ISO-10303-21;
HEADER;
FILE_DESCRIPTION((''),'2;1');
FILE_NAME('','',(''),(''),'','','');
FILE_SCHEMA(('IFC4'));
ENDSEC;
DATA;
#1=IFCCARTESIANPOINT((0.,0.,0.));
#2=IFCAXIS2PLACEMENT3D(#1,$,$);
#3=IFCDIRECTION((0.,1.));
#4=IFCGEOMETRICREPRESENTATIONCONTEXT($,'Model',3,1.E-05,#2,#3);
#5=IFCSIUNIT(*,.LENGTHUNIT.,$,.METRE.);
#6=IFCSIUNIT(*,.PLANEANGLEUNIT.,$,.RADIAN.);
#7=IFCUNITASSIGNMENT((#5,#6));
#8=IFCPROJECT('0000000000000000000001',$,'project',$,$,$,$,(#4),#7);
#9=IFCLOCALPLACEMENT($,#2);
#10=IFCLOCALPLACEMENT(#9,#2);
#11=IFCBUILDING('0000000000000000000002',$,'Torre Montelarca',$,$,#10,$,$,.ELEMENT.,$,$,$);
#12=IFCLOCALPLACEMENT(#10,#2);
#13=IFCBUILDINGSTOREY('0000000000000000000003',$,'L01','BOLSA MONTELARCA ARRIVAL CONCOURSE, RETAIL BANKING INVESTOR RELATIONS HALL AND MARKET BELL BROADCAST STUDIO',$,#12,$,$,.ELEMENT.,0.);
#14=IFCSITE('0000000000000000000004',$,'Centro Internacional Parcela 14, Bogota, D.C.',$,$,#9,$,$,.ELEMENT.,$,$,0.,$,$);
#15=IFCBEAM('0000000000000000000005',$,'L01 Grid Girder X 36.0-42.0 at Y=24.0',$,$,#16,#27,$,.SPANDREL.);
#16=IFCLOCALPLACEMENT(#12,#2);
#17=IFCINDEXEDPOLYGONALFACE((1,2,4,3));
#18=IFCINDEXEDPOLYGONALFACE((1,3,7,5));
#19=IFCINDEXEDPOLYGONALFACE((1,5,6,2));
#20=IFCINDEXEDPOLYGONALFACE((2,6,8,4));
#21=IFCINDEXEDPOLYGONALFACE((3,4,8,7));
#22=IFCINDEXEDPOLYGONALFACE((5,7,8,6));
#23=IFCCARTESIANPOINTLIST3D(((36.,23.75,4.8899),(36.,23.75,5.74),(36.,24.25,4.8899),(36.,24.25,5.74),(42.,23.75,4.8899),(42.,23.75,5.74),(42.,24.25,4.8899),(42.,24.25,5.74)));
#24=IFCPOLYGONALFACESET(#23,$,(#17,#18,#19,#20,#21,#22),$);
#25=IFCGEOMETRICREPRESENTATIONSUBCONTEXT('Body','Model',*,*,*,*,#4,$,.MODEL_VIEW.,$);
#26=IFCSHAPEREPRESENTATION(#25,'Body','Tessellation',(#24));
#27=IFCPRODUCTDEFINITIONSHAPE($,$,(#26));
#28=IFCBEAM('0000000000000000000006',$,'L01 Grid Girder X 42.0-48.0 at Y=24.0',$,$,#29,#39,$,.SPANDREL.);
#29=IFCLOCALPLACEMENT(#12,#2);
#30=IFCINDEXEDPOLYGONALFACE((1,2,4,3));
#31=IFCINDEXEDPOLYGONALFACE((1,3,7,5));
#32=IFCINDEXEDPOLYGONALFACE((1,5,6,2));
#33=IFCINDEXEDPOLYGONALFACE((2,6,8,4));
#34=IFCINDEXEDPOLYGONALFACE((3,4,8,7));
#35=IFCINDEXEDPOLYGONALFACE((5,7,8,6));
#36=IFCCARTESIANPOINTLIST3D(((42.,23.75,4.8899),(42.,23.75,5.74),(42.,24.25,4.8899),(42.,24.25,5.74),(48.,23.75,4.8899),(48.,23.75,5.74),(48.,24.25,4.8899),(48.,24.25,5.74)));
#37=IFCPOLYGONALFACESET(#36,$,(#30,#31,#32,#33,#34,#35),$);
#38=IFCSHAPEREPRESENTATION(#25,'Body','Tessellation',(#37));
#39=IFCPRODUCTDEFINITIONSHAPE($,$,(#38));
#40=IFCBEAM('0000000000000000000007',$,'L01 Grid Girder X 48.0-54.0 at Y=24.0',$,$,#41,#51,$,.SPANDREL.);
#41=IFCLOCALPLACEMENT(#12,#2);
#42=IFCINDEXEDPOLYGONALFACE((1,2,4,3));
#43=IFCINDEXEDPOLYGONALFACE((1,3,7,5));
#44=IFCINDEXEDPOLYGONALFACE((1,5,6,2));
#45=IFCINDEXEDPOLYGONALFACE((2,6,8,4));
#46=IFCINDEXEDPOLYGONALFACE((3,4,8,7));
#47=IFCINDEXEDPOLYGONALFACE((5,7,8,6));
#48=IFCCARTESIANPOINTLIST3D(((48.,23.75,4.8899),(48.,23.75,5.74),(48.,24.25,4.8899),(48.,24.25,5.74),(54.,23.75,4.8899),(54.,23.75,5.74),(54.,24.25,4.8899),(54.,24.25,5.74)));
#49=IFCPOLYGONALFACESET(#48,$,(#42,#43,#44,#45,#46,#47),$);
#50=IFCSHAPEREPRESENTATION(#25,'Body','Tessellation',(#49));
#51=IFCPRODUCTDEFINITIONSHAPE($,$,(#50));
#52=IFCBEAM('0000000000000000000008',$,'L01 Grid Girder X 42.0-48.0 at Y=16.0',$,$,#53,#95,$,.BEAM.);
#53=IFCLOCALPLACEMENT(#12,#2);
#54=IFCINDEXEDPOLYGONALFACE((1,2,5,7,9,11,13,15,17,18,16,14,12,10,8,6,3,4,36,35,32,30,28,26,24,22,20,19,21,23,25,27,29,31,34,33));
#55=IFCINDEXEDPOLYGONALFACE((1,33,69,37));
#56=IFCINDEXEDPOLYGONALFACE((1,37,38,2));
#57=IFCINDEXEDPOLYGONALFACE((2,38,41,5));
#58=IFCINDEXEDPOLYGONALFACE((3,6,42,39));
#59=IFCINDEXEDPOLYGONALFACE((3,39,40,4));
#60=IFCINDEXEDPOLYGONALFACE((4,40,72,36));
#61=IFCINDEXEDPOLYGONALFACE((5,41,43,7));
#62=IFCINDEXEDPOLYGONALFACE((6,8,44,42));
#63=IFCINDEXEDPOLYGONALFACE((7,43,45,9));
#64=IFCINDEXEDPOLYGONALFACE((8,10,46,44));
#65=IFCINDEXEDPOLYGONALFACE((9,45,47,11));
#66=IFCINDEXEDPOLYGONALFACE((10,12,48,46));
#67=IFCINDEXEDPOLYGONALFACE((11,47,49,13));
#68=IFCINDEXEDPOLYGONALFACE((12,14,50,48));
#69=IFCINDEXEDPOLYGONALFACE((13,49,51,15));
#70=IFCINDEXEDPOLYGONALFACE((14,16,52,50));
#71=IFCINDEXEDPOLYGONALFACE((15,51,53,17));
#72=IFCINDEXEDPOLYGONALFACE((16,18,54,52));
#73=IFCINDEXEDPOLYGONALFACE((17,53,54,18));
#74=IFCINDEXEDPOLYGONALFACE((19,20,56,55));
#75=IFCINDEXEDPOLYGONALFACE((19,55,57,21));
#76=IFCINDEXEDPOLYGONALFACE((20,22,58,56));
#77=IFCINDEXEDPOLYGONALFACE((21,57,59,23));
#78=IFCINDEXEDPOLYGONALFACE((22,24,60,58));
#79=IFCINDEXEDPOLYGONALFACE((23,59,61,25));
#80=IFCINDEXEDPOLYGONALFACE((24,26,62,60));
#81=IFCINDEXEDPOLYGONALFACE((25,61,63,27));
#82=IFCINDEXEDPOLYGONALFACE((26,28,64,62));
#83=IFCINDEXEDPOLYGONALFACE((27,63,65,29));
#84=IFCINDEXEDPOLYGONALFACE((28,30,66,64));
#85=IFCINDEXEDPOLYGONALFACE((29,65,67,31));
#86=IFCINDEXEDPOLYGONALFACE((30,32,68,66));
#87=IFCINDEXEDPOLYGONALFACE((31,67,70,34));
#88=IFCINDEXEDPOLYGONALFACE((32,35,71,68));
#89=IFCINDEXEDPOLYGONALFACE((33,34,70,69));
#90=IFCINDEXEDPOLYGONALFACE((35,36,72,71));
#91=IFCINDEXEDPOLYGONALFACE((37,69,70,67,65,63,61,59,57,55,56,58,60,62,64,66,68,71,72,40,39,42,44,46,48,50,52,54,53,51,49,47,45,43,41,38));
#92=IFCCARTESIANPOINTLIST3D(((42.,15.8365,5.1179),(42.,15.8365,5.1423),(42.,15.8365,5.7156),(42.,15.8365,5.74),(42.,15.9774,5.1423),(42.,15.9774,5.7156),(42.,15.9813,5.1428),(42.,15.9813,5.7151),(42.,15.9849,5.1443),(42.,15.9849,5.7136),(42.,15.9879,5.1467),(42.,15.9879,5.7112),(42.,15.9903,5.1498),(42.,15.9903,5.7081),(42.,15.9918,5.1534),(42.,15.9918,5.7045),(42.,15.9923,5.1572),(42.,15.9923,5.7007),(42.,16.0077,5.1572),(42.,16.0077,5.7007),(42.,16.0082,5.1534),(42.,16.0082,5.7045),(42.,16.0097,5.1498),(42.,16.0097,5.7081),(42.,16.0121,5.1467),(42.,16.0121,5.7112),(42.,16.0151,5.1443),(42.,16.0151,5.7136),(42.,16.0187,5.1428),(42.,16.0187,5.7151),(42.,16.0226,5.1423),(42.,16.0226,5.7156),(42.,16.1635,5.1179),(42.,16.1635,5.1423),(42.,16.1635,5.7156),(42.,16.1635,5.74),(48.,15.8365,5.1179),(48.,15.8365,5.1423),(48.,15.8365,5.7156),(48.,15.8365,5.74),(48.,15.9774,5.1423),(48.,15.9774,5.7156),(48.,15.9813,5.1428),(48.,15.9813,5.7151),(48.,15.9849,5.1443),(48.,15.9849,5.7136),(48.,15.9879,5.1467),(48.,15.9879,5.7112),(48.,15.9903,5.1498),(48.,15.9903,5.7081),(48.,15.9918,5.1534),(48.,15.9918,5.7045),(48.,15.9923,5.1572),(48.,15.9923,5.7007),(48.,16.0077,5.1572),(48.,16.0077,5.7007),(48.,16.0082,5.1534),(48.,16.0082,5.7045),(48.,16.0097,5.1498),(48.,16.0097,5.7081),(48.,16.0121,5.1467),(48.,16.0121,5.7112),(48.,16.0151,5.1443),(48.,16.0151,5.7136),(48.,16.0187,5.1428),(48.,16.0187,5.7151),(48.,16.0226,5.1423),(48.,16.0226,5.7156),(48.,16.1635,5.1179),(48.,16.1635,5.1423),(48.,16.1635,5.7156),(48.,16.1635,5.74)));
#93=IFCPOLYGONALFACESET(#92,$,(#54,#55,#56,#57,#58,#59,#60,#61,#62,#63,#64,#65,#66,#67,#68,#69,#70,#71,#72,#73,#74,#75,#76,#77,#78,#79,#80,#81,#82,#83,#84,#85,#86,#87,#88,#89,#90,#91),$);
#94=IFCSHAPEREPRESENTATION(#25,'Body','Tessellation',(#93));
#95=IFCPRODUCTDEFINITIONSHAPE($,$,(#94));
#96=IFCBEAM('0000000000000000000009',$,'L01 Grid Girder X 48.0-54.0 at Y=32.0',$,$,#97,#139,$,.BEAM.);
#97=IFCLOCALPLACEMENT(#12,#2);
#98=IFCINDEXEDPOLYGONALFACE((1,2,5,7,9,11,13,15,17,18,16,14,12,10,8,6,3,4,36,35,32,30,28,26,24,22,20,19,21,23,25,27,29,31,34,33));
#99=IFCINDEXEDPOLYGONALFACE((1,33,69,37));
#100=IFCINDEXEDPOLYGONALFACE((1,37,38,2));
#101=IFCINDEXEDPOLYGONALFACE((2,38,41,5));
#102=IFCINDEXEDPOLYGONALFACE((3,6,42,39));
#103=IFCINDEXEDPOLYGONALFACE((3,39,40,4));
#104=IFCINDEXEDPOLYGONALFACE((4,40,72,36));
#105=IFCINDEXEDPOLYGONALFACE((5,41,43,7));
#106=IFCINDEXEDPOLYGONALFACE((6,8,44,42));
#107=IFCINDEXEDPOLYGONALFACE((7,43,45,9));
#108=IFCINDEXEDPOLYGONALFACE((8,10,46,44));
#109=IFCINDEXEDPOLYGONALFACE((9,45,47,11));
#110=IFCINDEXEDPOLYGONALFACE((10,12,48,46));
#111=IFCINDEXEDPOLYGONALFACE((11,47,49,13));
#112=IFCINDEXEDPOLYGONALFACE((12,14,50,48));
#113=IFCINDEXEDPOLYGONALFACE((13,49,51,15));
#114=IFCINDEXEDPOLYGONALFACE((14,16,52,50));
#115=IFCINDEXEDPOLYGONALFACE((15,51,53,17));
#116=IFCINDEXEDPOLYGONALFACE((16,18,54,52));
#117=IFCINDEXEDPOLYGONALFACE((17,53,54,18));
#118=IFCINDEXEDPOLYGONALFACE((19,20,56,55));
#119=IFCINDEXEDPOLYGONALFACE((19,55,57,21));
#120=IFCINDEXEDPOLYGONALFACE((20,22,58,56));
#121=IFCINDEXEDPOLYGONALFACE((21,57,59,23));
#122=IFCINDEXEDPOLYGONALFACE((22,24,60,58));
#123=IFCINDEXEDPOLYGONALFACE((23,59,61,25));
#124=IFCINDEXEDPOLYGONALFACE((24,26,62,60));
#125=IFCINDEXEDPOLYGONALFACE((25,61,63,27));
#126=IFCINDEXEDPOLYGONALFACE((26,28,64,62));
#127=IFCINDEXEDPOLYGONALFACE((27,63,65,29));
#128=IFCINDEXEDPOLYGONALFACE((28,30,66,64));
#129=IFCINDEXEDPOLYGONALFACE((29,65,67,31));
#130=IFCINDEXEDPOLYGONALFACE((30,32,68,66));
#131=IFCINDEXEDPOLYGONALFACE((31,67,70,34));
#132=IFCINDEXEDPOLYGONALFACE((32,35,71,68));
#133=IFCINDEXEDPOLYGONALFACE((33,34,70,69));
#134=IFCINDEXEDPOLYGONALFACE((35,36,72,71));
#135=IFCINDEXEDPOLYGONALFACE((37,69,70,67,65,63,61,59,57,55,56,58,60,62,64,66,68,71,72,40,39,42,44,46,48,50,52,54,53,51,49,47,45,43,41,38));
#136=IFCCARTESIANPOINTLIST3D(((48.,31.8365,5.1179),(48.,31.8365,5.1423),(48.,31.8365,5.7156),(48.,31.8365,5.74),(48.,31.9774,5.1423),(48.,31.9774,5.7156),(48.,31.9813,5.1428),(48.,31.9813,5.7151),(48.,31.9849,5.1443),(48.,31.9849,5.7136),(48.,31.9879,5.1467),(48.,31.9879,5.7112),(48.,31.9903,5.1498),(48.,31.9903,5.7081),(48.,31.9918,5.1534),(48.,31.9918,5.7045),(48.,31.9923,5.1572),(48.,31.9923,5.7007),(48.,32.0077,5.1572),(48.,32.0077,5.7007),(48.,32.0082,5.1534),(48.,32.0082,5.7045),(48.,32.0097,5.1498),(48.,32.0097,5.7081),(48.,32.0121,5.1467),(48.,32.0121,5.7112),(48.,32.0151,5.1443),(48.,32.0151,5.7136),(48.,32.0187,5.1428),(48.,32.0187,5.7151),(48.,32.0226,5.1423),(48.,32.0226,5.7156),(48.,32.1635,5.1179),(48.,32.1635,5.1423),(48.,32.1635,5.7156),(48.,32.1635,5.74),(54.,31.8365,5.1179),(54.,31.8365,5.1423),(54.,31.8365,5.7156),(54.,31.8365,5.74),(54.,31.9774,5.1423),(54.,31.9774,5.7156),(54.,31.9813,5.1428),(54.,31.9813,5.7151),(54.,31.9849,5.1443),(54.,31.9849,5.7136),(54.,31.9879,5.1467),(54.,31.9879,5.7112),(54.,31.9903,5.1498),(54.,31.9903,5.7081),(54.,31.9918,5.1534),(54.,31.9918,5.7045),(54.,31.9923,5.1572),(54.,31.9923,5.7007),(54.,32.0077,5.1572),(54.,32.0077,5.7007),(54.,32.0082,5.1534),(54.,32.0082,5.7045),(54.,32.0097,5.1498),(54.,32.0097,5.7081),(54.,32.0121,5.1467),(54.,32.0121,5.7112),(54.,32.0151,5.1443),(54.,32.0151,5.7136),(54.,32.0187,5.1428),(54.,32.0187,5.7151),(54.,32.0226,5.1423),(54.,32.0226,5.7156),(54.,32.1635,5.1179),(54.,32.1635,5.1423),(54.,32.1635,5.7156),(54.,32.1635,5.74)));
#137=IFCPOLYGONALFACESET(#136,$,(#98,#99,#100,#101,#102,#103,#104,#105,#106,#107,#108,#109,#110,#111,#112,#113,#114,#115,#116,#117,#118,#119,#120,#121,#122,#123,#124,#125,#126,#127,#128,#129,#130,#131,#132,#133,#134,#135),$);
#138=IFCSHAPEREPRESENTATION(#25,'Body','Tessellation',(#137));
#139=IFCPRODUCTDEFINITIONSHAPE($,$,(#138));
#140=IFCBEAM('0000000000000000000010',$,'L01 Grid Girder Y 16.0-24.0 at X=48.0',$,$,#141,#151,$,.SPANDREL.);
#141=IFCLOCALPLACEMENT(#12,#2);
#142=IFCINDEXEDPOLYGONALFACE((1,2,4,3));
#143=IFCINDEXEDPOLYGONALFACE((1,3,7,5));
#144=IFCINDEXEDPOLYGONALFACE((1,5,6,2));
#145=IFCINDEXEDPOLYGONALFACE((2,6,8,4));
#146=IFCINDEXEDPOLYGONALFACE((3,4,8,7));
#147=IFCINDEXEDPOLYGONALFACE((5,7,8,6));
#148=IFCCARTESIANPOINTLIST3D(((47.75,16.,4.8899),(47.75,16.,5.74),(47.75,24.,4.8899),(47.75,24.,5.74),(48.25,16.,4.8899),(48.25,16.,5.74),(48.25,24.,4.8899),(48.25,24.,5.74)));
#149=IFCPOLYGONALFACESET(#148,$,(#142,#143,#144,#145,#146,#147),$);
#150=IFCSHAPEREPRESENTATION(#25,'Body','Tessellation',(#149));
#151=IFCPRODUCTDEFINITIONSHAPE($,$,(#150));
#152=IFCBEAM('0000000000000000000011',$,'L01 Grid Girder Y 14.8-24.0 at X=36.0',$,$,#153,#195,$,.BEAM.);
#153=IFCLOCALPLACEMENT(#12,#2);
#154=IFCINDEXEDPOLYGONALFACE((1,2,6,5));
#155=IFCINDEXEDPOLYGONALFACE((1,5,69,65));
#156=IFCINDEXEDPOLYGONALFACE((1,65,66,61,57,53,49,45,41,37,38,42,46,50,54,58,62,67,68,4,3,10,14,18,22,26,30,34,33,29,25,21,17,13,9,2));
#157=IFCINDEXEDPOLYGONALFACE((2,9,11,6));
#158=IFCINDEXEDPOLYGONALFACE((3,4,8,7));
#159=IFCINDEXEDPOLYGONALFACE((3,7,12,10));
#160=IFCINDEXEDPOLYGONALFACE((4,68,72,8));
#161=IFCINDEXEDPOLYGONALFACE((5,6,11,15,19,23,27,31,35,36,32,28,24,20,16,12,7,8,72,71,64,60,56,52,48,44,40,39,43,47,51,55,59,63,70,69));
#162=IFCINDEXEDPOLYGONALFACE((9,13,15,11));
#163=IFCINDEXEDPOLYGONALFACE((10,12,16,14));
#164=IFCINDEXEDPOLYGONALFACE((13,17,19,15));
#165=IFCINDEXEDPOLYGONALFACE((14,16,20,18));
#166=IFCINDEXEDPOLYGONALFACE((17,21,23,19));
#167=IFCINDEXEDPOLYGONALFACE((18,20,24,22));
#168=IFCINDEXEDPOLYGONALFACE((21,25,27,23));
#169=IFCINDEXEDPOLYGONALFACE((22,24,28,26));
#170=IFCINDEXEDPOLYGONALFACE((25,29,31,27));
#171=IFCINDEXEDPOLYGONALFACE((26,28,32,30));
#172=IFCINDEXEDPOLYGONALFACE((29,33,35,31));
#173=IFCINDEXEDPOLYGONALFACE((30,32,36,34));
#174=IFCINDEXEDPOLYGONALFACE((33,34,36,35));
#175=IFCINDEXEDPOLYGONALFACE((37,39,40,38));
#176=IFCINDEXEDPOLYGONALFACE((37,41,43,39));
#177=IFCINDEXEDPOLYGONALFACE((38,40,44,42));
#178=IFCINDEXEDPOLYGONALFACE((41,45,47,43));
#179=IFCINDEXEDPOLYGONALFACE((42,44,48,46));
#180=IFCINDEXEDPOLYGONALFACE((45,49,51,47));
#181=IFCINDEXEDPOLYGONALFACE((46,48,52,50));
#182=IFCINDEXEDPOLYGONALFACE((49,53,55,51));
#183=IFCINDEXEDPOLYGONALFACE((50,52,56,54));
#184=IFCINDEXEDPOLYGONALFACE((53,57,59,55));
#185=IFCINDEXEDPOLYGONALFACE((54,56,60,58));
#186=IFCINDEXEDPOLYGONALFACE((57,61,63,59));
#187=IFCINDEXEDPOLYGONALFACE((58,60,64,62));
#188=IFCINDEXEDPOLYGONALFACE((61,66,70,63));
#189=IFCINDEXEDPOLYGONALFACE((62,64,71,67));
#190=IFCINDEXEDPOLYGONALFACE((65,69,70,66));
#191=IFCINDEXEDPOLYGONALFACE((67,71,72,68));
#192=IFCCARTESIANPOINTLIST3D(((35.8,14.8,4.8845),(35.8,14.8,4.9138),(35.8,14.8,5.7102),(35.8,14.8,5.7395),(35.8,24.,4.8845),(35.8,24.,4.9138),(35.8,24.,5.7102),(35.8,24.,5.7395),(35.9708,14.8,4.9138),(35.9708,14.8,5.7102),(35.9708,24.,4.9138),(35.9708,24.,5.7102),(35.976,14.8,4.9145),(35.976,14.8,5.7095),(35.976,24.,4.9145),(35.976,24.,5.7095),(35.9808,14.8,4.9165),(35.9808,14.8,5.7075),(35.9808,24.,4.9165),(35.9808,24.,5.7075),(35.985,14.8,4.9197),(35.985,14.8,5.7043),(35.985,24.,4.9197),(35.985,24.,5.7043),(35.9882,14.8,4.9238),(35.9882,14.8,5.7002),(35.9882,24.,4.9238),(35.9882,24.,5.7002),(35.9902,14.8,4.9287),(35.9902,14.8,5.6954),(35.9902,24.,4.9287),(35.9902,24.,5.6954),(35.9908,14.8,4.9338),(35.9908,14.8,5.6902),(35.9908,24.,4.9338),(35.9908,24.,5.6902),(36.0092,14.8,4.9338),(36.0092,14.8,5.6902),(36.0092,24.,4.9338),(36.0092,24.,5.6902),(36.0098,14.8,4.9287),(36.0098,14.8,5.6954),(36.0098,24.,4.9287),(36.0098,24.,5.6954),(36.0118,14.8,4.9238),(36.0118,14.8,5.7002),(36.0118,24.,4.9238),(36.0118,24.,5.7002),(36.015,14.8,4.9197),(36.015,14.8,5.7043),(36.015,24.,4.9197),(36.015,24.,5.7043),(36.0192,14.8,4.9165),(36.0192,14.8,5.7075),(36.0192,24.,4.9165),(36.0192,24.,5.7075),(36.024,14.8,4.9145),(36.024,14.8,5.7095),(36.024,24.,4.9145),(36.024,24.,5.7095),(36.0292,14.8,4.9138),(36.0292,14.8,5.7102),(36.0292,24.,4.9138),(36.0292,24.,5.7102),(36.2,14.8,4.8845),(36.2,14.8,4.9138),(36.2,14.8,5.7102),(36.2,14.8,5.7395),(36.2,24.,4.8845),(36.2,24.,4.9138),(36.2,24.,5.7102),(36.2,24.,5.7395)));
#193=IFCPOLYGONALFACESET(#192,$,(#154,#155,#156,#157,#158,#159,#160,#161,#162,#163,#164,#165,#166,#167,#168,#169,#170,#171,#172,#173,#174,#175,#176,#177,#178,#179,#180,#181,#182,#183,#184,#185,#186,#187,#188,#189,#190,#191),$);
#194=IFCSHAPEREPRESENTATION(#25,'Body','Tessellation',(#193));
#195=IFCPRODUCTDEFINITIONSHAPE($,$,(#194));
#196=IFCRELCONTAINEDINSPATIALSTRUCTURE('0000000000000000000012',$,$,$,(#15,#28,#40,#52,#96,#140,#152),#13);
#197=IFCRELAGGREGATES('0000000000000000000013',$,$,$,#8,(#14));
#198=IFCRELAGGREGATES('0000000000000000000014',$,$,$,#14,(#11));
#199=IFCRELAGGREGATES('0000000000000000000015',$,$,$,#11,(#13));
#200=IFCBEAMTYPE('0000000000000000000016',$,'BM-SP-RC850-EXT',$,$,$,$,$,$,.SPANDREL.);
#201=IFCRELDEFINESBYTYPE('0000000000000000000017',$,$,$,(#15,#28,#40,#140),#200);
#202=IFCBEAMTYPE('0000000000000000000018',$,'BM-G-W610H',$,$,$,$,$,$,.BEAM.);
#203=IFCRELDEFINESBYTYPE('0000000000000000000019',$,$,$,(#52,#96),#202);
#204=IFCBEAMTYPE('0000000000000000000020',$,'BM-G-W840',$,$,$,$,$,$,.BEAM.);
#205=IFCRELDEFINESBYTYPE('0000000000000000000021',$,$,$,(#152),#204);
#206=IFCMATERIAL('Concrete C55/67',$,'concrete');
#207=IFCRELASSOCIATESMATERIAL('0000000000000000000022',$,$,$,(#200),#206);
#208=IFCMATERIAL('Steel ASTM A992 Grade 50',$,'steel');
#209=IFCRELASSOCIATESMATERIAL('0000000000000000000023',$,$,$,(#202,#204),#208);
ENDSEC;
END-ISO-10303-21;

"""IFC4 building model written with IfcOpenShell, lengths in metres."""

from ifc_helpers import new_model, si_unit, direction, frame, origin, origin_2d, place, context, subcontext, project, spatial, rectangle, i_section, extrude, source, transform, mapped, material, material_profile, profile_set, type_object, element, save


model = new_model("IFC4")

# Units and contexts
model_context = context("Model", 3, precision=1e-05, world=origin(), true_north=direction((0.0, 1.0)))
body_context = subcontext(model_context, "Body", "Model", "MODEL_VIEW")
ifc_project = project(units=[si_unit("LENGTHUNIT", "METRE"), si_unit("PLANEANGLEUNIT", "RADIAN")], contexts=[model_context])

# Site, building, storey
site_placement = place(None, origin())
site = spatial("IfcSite", under=ifc_project, at=site_placement, Name="Centro Internacional Parcela 14, Bogota, D.C.", CompositionType="ELEMENT", RefElevation=0.0)
building_placement = place(site_placement, origin())
building = spatial("IfcBuilding", under=site, at=building_placement, Name="Torre Montelarca", CompositionType="ELEMENT")
storey_placement = place(building_placement, origin())
storey = spatial("IfcBuildingStorey", under=building, at=storey_placement, Name="L01", Description="BOLSA MONTELARCA ARRIVAL CONCOURSE, RETAIL BANKING INVESTOR RELATIONS HALL AND MARKET BELL BROADCAST STUDIO", CompositionType="ELEMENT", Elevation=0.0)

# Shared definitions
ifc_material_1 = material(Name="Concrete C55/67", Category="concrete")

# Beams
ifc_material_2 = material(Name="Steel ASTM A992 Grade 50", Category="steel")
ifc_material_profile_1 = material_profile(ifc_material_1, rectangle(XDim=0.5, YDim=0.8501, at=origin_2d()), Name="RCB500X850", Category="concrete")
ifc_profile_set_1 = profile_set([ifc_material_profile_1], Name="Concrete C55/67")
beam_type_1 = type_object("IfcBeamType", Name="BM-SP-RC850-EXT", PredefinedType="SPANDREL", material=ifc_profile_set_1)
shared_shape_1 = source(origin(), body_context, "Body", "SweptSolid", [
    extrude(rectangle(XDim=0.5, YDim=0.8501, at=origin_2d()), origin(), (0.0, 0.0, 1.0), 6.0),
])
for number, where, z_axis, x_axis, name in (
    (1, (36.0, 24.0, 5.3149), (1.0, 0.0, 0.0), (0.0, 1.0, 0.0), "L01 Grid Girder X 36.0-42.0 at Y=24.0"),
    (2, (42.0, 24.0, 5.3149), (1.0, 0.0, 0.0), (0.0, 1.0, 0.0), "L01 Grid Girder X 42.0-48.0 at Y=24.0"),
    (3, (48.0, 24.0, 5.3149), (1.0, 0.0, 0.0), (0.0, 1.0, 0.0), "L01 Grid Girder X 48.0-54.0 at Y=24.0"),
):
    element("IfcBeam", number, at=place(storey_placement, frame(where, z_axis=z_axis, x_axis=x_axis)), inside=storey, type_object=beam_type_1, Name=name, PredefinedType="SPANDREL", context=body_context, shape_type="MappedRepresentation", body=[
        mapped(shared_shape_1, transform((0.0, 0.0, 0.0), scale=1.0)),
    ])
ifc_material_profile_2 = material_profile(ifc_material_2, i_section(OverallWidth=0.3269, OverallDepth=0.6221, WebThickness=0.0154, FlangeThickness=0.0244, FilletRadius=0.0149, at=origin_2d()), Name="W610X195", Category="steel")
ifc_profile_set_2 = profile_set([ifc_material_profile_2], Name="Steel ASTM A992 Grade 50")
beam_type_2 = type_object("IfcBeamType", Name="BM-G-W610H", PredefinedType="BEAM", material=ifc_profile_set_2)
shared_shape_2 = source(origin(), body_context, "Body", "SweptSolid", [
    extrude(i_section(OverallWidth=0.3269, OverallDepth=0.6221, WebThickness=0.0154, FlangeThickness=0.0244, FilletRadius=0.0149, at=origin_2d()), origin(), (0.0, 0.0, 1.0), 6.0),
])
for number, where, z_axis, x_axis, name in (
    (4, (42.0, 16.0, 5.429), (1.0, 0.0, 0.0), (0.0, 1.0, 0.0), "L01 Grid Girder X 42.0-48.0 at Y=16.0"),
    (5, (48.0, 32.0, 5.429), (1.0, 0.0, 0.0), (0.0, 1.0, 0.0), "L01 Grid Girder X 48.0-54.0 at Y=32.0"),
):
    element("IfcBeam", number, at=place(storey_placement, frame(where, z_axis=z_axis, x_axis=x_axis)), inside=storey, type_object=beam_type_2, Name=name, PredefinedType="BEAM", context=body_context, shape_type="MappedRepresentation", body=[
        mapped(shared_shape_2, transform((0.0, 0.0, 0.0), scale=1.0)),
    ])
shared_shape_3 = source(origin(), body_context, "Body", "SweptSolid", [
    extrude(rectangle(XDim=0.5, YDim=0.8501, at=origin_2d()), origin(), (0.0, 0.0, 1.0), 8.0),
])
beam_1_placement = place(storey_placement, frame((48.0, 16.0, 5.3149), z_axis=(0.0, 1.0, 0.0), x_axis=(-1.0, 0.0, 0.0)))
element("IfcBeam", 6, at=beam_1_placement, inside=storey, type_object=beam_type_1, Name="L01 Grid Girder Y 16.0-24.0 at X=48.0", PredefinedType="SPANDREL", context=body_context, shape_type="MappedRepresentation", body=[
    mapped(shared_shape_3, transform((0.0, 0.0, 0.0), scale=1.0)),
])
ifc_material_profile_3 = material_profile(ifc_material_2, i_section(OverallWidth=0.3999, OverallDepth=0.855, WebThickness=0.0183, FlangeThickness=0.0293, FilletRadius=0.02, at=origin_2d()), Name="W840X299", Category="steel")
ifc_profile_set_3 = profile_set([ifc_material_profile_3], Name="Steel ASTM A992 Grade 50")
beam_type_3 = type_object("IfcBeamType", Name="BM-G-W840", PredefinedType="BEAM", material=ifc_profile_set_3)
shared_shape_4 = source(origin(), body_context, "Body", "SweptSolid", [
    extrude(i_section(OverallWidth=0.3999, OverallDepth=0.855, WebThickness=0.0183, FlangeThickness=0.0293, FilletRadius=0.02, at=origin_2d()), origin(), (0.0, 0.0, 1.0), 9.2),
])
beam_2_placement = place(storey_placement, frame((36.0, 14.8, 5.312), z_axis=(0.0, 1.0, 0.0), x_axis=(-1.0, 0.0, 0.0)))
element("IfcBeam", 7, at=beam_2_placement, inside=storey, type_object=beam_type_3, Name="L01 Grid Girder Y 14.8-24.0 at X=36.0", PredefinedType="BEAM", context=body_context, shape_type="MappedRepresentation", body=[
    mapped(shared_shape_4, transform((0.0, 0.0, 0.0), scale=1.0)),
])

save(model, "model.ifc")
